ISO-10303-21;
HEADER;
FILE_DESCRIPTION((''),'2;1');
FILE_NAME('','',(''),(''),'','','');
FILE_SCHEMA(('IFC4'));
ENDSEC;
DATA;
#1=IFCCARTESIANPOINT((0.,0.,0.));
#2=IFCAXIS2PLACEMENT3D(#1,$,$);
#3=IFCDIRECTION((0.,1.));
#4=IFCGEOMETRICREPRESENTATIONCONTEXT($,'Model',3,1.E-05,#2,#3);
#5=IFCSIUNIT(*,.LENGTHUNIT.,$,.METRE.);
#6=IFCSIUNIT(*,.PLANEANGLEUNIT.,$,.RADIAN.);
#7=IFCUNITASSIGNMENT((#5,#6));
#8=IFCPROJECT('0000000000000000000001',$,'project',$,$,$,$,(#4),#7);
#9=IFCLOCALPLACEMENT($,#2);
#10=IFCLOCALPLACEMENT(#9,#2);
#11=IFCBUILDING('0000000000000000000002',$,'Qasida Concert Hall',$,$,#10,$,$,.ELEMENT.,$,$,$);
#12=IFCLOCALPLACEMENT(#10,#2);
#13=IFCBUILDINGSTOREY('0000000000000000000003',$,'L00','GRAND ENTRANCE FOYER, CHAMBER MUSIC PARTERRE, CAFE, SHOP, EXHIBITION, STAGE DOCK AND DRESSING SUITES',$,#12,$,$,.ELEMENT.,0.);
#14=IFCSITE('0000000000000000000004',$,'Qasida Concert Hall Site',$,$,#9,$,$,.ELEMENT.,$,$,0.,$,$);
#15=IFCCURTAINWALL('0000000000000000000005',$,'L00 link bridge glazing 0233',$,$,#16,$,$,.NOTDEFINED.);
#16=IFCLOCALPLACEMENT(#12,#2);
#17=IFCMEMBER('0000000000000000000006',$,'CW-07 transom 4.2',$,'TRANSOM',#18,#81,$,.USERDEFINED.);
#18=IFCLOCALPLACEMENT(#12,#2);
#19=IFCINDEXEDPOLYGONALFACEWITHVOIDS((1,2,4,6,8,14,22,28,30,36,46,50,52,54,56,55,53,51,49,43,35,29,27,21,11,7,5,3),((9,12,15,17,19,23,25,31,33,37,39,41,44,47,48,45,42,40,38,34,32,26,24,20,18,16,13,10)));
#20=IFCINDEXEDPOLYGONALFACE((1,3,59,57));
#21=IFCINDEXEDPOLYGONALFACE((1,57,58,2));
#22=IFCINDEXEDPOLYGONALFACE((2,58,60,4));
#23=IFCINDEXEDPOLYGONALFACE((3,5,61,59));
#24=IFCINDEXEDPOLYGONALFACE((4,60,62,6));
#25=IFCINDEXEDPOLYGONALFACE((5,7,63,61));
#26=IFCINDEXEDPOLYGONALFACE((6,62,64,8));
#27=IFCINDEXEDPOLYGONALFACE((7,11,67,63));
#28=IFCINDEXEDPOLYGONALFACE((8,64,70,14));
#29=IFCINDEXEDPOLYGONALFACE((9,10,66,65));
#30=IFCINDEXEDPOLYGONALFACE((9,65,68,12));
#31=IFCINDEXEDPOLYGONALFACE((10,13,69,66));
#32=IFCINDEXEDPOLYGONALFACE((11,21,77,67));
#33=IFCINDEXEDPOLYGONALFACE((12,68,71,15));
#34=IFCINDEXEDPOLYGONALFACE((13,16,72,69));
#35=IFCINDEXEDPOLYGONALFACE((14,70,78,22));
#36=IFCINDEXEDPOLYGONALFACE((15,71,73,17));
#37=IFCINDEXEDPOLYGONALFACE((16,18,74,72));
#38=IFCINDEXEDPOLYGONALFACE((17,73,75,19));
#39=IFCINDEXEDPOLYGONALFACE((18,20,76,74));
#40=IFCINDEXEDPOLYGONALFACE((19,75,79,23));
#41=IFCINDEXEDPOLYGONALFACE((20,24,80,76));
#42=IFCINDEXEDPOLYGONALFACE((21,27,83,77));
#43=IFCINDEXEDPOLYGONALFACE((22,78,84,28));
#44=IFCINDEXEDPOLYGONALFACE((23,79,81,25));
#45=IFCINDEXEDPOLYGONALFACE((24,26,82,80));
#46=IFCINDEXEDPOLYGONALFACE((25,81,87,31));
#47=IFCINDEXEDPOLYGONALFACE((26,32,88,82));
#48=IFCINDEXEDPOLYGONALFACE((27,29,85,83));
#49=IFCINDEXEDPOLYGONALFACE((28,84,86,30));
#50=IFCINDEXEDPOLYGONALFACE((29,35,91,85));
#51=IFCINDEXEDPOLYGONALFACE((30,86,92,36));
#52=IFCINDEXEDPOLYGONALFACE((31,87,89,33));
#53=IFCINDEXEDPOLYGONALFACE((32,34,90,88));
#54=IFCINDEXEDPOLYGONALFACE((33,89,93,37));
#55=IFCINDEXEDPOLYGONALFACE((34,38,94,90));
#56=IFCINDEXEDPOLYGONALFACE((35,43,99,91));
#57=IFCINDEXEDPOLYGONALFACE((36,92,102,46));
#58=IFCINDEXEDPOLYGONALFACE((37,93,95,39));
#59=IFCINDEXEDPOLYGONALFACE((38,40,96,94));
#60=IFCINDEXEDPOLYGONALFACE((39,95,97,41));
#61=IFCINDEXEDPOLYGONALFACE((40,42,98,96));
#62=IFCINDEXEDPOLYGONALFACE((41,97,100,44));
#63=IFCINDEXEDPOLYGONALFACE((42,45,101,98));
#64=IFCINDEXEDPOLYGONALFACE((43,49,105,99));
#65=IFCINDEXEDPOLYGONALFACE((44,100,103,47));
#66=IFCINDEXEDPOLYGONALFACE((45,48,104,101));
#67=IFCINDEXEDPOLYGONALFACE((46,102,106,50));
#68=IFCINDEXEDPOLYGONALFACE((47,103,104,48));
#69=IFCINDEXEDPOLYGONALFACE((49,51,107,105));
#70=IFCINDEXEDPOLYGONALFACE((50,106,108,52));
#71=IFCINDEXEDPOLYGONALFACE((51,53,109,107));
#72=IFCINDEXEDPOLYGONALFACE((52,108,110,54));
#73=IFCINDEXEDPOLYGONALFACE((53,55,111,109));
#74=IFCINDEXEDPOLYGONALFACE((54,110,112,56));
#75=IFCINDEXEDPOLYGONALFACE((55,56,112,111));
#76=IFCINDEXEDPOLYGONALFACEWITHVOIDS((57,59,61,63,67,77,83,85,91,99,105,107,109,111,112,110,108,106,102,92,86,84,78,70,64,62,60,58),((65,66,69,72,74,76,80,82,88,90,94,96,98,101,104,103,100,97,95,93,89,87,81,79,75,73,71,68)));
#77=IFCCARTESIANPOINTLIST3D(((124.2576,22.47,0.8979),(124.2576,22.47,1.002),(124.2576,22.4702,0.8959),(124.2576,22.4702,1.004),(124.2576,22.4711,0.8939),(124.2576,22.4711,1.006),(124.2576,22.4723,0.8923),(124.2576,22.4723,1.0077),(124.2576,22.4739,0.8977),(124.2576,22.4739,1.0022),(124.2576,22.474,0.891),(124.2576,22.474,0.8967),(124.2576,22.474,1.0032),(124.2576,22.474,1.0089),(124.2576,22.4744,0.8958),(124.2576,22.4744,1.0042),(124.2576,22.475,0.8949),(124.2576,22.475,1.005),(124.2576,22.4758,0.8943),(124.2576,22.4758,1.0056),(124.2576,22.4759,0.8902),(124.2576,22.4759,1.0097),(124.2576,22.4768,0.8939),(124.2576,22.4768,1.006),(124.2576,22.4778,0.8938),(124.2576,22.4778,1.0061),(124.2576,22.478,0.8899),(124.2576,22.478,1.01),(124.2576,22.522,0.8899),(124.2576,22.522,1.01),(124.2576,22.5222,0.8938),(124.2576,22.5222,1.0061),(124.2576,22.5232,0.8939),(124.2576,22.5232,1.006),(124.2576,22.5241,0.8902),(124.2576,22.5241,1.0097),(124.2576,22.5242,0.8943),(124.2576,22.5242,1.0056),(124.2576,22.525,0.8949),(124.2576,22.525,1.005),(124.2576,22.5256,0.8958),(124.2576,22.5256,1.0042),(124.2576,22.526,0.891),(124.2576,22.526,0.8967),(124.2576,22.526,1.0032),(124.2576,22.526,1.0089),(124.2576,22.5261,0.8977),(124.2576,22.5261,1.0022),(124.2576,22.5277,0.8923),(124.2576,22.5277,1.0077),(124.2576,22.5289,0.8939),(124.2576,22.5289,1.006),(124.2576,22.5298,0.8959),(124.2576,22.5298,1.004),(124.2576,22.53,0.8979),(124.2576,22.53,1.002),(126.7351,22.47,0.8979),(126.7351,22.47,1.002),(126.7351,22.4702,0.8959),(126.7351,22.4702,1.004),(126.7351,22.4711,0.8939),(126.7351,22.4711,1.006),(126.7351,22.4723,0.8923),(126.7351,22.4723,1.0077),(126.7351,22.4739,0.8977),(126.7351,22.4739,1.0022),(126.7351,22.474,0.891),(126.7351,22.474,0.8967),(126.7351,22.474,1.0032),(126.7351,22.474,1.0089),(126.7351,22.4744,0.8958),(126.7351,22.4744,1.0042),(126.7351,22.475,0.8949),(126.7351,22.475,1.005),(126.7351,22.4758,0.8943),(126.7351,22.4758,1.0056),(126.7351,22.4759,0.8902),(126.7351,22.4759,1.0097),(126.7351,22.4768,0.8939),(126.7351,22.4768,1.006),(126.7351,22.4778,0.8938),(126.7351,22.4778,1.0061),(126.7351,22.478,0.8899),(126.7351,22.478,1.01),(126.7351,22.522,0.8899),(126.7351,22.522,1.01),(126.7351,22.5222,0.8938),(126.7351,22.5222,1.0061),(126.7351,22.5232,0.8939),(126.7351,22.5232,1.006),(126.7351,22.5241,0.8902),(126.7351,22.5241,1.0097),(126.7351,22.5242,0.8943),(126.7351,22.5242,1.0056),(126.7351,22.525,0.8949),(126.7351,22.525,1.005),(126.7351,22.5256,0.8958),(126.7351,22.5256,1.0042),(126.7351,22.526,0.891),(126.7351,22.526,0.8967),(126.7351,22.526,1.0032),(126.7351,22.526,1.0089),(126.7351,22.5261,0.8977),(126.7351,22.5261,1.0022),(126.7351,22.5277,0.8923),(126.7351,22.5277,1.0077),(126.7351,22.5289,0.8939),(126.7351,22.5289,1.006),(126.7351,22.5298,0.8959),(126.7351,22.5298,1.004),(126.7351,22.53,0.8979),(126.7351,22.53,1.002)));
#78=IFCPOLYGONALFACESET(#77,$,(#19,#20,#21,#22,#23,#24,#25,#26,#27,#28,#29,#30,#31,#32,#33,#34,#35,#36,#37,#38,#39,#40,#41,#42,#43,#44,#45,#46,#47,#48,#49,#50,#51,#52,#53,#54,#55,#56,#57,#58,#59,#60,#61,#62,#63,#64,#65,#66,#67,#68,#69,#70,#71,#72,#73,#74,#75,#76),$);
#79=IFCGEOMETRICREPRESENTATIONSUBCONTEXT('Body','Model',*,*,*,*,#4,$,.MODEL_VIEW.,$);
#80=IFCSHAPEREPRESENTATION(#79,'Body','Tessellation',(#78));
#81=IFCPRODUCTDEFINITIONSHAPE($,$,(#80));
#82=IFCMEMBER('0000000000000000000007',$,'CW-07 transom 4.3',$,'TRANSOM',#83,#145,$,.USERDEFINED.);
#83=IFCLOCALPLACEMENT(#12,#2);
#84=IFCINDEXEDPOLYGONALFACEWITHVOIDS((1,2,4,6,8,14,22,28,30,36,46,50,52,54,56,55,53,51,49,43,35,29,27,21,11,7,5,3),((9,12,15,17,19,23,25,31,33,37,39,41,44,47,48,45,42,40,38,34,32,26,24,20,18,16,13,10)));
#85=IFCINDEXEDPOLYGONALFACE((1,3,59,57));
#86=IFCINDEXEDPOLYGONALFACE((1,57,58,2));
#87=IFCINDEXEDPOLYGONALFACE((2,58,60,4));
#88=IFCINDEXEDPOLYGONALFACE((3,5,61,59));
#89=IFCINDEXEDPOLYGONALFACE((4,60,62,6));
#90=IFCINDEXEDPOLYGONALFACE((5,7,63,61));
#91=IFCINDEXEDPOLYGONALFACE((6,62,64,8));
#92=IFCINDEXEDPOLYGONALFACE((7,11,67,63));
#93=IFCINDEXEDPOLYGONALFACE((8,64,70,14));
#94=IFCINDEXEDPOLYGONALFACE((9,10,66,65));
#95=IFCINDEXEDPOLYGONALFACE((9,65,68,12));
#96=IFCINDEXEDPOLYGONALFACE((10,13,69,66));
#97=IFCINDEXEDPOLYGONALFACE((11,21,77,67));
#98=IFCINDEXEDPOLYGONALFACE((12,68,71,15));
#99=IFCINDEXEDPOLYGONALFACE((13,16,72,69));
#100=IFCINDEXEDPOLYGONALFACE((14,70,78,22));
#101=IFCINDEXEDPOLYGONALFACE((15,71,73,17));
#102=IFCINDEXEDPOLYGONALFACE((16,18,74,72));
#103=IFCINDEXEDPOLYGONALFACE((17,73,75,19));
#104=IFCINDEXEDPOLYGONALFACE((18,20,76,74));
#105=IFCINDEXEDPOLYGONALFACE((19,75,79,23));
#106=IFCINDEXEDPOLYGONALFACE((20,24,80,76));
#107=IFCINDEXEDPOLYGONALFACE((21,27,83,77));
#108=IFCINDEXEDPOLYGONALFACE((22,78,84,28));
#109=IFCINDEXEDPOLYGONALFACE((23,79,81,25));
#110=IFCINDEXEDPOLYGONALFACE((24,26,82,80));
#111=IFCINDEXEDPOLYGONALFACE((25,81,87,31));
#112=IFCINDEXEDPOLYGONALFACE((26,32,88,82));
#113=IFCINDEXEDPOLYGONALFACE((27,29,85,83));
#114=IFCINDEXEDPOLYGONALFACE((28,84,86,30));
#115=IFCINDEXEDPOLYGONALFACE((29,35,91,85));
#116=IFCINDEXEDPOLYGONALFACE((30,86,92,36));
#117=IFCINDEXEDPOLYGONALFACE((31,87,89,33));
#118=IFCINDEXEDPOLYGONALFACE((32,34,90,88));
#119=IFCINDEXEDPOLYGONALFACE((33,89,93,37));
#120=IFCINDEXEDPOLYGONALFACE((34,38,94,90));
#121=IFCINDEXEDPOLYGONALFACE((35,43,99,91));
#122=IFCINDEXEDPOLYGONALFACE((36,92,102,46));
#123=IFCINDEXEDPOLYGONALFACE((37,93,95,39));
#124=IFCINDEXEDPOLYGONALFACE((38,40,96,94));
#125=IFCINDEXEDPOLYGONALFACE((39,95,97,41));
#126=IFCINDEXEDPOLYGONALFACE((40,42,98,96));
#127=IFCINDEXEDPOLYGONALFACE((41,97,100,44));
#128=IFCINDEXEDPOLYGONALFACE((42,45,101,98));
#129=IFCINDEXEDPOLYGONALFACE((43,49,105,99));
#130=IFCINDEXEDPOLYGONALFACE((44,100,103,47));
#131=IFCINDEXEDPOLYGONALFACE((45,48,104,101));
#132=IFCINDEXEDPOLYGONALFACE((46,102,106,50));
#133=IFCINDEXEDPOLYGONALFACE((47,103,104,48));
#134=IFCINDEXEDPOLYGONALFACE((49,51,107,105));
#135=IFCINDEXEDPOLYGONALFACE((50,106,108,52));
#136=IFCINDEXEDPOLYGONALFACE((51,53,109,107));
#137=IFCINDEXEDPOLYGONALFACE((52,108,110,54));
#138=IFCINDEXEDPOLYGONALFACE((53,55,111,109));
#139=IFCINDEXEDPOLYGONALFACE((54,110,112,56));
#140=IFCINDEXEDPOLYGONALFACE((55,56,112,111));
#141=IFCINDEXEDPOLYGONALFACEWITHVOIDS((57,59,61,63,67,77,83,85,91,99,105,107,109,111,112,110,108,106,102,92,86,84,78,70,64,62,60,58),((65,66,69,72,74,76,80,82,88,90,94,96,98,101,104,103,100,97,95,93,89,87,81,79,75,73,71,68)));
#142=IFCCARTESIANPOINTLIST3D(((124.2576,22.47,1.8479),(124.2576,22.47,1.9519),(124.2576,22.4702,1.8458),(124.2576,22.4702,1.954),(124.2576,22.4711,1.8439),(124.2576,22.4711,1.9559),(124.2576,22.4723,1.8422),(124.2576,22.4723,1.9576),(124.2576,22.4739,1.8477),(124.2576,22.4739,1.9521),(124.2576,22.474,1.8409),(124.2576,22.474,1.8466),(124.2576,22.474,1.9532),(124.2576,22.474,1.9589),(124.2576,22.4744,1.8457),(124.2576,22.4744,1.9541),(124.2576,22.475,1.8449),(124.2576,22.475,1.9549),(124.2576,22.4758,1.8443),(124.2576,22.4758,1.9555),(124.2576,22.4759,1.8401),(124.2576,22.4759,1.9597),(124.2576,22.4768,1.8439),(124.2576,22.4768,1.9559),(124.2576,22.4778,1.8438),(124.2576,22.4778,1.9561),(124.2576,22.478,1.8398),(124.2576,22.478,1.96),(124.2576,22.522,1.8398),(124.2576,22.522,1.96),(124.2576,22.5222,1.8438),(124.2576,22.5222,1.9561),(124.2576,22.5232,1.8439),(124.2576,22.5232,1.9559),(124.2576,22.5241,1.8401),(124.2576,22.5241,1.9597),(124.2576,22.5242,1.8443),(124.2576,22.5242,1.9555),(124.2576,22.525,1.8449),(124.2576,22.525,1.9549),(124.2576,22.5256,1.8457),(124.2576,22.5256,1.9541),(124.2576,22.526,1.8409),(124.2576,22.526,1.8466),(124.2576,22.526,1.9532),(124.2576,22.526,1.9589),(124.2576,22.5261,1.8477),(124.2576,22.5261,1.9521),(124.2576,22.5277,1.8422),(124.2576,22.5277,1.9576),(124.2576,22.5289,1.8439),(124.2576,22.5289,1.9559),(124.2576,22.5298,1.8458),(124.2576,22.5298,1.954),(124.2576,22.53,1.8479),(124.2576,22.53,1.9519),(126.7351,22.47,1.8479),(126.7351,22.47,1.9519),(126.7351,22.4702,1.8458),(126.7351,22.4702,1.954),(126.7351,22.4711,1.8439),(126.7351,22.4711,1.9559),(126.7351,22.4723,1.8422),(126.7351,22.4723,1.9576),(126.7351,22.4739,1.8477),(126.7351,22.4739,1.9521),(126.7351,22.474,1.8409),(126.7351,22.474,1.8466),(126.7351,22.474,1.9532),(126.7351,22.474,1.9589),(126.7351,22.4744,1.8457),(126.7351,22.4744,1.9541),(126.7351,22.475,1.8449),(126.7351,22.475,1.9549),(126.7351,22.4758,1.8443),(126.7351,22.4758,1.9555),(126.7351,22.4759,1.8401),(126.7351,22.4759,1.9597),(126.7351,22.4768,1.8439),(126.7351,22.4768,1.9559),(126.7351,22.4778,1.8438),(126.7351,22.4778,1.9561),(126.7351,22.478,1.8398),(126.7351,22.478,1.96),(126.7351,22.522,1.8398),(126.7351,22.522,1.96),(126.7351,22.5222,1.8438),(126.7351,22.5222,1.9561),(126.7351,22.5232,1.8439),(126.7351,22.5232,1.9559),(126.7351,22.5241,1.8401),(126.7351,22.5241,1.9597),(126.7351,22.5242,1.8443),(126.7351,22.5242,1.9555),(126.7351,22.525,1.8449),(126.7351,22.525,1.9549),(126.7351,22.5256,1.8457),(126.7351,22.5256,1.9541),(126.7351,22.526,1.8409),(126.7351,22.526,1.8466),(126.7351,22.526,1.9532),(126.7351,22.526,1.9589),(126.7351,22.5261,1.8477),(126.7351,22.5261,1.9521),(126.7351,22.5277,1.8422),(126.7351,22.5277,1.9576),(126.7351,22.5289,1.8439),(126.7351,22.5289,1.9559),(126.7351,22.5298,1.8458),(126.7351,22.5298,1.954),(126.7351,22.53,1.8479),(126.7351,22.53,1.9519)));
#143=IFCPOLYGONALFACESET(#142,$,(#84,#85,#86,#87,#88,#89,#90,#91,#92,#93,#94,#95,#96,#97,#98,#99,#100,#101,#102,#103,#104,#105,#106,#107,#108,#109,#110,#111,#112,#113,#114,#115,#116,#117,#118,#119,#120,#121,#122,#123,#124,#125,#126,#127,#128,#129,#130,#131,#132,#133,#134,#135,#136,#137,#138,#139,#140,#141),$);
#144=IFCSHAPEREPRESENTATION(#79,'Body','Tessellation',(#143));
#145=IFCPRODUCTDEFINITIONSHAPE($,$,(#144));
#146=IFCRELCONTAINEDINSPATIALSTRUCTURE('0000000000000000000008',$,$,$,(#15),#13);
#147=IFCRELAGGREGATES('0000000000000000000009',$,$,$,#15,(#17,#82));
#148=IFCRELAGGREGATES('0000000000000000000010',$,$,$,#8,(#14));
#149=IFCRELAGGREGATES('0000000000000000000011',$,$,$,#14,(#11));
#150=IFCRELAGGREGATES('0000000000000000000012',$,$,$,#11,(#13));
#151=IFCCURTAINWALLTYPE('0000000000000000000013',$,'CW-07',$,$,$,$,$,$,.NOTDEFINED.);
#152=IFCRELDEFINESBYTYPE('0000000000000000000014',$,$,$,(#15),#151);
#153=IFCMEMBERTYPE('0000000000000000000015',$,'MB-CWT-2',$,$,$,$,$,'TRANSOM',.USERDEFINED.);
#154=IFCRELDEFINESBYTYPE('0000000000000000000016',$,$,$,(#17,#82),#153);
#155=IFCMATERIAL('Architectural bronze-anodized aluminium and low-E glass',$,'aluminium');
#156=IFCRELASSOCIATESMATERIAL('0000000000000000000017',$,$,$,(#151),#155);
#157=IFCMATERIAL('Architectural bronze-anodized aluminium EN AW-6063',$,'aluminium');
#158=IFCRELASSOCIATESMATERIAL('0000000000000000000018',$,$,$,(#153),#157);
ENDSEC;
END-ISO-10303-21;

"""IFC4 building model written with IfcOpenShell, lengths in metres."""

from ifc_helpers import new_model, si_unit, direction, frame, origin, origin_2d, place, context, subcontext, project, spatial, hollow_rectangle, extrude, material, material_profile, profile_set, type_object, element, aggregate, save


model = new_model("IFC4")

# Units and contexts
model_context = context("Model", 3, precision=1e-05, world=origin(), true_north=direction((0.0, 1.0)))
body_context = subcontext(model_context, "Body", "Model", "MODEL_VIEW")
ifc_project = project(units=[si_unit("LENGTHUNIT", "METRE"), si_unit("PLANEANGLEUNIT", "RADIAN")], contexts=[model_context])

# Site, building, storey
site_placement = place(None, origin())
site = spatial("IfcSite", under=ifc_project, at=site_placement, Name="Qasida Concert Hall Site", CompositionType="ELEMENT", RefElevation=0.0)
building_placement = place(site_placement, origin())
building = spatial("IfcBuilding", under=site, at=building_placement, Name="Qasida Concert Hall", CompositionType="ELEMENT")
storey_placement = place(building_placement, origin())
storey = spatial("IfcBuildingStorey", under=building, at=storey_placement, Name="L00", Description="GRAND ENTRANCE FOYER, CHAMBER MUSIC PARTERRE, CAFE, SHOP, EXHIBITION, STAGE DOCK AND DRESSING SUITES", CompositionType="ELEMENT", Elevation=0.0)

# Curtain wall, members
ifc_material_1 = material(Name="Architectural bronze-anodized aluminium and low-E glass", Category="aluminium")
curtain_wall_type = type_object("IfcCurtainWallType", Name="CW-07", PredefinedType="NOTDEFINED", material=ifc_material_1)
curtain_wall_placement = place(storey_placement, origin())
curtain_wall = element("IfcCurtainWall", 1, at=curtain_wall_placement, inside=storey, type_object=curtain_wall_type, Name="L00 link bridge glazing 0233", PredefinedType="NOTDEFINED")
ifc_material_2 = material(Name="Architectural bronze-anodized aluminium EN AW-6063", Category="aluminium")
ifc_material_profile_1 = material_profile(ifc_material_2, hollow_rectangle(XDim=0.0601, YDim=0.1201, WallThickness=0.0039, InnerFilletRadius=0.0039, OuterFilletRadius=0.0081, at=origin_2d()), Name="CWT 120x60x4")
ifc_profile_set_1 = profile_set([ifc_material_profile_1], Name="Architectural bronze-anodized aluminium EN AW-6063")
member_type_1 = type_object("IfcMemberType", Name="MB-CWT-2", ElementType="TRANSOM", PredefinedType="USERDEFINED", material=ifc_profile_set_1)
member_1_placement = place(storey_placement, frame((124.2576, 22.5, 0.95), z_axis=(1.0, 0.0, 0.0), x_axis=(0.0, 1.0, 0.0)))
member_1 = element("IfcMember", 2, at=member_1_placement, type_object=member_type_1, Name="CW-07 transom 4.2", ObjectType="TRANSOM", PredefinedType="USERDEFINED", context=body_context, shape_type="SweptSolid", body=[
    extrude(hollow_rectangle(XDim=0.0601, YDim=0.1201, WallThickness=0.0039, InnerFilletRadius=0.0039, OuterFilletRadius=0.0081, at=origin_2d()), origin(), (0.0, 0.0, 1.0), 2.4775),
])
member_2_placement = place(storey_placement, frame((124.2576, 22.5, 1.8999), z_axis=(1.0, 0.0, 0.0), x_axis=(0.0, 1.0, 0.0)))
member_2 = element("IfcMember", 3, at=member_2_placement, type_object=member_type_1, Name="CW-07 transom 4.3", ObjectType="TRANSOM", PredefinedType="USERDEFINED", context=body_context, shape_type="SweptSolid", body=[
    extrude(hollow_rectangle(XDim=0.0601, YDim=0.1201, WallThickness=0.0039, InnerFilletRadius=0.0039, OuterFilletRadius=0.0081, at=origin_2d()), origin(), (0.0, 0.0, 1.0), 2.4775),
])
aggregate(curtain_wall, [member_1, member_2])

save(model, "model.ifc")
